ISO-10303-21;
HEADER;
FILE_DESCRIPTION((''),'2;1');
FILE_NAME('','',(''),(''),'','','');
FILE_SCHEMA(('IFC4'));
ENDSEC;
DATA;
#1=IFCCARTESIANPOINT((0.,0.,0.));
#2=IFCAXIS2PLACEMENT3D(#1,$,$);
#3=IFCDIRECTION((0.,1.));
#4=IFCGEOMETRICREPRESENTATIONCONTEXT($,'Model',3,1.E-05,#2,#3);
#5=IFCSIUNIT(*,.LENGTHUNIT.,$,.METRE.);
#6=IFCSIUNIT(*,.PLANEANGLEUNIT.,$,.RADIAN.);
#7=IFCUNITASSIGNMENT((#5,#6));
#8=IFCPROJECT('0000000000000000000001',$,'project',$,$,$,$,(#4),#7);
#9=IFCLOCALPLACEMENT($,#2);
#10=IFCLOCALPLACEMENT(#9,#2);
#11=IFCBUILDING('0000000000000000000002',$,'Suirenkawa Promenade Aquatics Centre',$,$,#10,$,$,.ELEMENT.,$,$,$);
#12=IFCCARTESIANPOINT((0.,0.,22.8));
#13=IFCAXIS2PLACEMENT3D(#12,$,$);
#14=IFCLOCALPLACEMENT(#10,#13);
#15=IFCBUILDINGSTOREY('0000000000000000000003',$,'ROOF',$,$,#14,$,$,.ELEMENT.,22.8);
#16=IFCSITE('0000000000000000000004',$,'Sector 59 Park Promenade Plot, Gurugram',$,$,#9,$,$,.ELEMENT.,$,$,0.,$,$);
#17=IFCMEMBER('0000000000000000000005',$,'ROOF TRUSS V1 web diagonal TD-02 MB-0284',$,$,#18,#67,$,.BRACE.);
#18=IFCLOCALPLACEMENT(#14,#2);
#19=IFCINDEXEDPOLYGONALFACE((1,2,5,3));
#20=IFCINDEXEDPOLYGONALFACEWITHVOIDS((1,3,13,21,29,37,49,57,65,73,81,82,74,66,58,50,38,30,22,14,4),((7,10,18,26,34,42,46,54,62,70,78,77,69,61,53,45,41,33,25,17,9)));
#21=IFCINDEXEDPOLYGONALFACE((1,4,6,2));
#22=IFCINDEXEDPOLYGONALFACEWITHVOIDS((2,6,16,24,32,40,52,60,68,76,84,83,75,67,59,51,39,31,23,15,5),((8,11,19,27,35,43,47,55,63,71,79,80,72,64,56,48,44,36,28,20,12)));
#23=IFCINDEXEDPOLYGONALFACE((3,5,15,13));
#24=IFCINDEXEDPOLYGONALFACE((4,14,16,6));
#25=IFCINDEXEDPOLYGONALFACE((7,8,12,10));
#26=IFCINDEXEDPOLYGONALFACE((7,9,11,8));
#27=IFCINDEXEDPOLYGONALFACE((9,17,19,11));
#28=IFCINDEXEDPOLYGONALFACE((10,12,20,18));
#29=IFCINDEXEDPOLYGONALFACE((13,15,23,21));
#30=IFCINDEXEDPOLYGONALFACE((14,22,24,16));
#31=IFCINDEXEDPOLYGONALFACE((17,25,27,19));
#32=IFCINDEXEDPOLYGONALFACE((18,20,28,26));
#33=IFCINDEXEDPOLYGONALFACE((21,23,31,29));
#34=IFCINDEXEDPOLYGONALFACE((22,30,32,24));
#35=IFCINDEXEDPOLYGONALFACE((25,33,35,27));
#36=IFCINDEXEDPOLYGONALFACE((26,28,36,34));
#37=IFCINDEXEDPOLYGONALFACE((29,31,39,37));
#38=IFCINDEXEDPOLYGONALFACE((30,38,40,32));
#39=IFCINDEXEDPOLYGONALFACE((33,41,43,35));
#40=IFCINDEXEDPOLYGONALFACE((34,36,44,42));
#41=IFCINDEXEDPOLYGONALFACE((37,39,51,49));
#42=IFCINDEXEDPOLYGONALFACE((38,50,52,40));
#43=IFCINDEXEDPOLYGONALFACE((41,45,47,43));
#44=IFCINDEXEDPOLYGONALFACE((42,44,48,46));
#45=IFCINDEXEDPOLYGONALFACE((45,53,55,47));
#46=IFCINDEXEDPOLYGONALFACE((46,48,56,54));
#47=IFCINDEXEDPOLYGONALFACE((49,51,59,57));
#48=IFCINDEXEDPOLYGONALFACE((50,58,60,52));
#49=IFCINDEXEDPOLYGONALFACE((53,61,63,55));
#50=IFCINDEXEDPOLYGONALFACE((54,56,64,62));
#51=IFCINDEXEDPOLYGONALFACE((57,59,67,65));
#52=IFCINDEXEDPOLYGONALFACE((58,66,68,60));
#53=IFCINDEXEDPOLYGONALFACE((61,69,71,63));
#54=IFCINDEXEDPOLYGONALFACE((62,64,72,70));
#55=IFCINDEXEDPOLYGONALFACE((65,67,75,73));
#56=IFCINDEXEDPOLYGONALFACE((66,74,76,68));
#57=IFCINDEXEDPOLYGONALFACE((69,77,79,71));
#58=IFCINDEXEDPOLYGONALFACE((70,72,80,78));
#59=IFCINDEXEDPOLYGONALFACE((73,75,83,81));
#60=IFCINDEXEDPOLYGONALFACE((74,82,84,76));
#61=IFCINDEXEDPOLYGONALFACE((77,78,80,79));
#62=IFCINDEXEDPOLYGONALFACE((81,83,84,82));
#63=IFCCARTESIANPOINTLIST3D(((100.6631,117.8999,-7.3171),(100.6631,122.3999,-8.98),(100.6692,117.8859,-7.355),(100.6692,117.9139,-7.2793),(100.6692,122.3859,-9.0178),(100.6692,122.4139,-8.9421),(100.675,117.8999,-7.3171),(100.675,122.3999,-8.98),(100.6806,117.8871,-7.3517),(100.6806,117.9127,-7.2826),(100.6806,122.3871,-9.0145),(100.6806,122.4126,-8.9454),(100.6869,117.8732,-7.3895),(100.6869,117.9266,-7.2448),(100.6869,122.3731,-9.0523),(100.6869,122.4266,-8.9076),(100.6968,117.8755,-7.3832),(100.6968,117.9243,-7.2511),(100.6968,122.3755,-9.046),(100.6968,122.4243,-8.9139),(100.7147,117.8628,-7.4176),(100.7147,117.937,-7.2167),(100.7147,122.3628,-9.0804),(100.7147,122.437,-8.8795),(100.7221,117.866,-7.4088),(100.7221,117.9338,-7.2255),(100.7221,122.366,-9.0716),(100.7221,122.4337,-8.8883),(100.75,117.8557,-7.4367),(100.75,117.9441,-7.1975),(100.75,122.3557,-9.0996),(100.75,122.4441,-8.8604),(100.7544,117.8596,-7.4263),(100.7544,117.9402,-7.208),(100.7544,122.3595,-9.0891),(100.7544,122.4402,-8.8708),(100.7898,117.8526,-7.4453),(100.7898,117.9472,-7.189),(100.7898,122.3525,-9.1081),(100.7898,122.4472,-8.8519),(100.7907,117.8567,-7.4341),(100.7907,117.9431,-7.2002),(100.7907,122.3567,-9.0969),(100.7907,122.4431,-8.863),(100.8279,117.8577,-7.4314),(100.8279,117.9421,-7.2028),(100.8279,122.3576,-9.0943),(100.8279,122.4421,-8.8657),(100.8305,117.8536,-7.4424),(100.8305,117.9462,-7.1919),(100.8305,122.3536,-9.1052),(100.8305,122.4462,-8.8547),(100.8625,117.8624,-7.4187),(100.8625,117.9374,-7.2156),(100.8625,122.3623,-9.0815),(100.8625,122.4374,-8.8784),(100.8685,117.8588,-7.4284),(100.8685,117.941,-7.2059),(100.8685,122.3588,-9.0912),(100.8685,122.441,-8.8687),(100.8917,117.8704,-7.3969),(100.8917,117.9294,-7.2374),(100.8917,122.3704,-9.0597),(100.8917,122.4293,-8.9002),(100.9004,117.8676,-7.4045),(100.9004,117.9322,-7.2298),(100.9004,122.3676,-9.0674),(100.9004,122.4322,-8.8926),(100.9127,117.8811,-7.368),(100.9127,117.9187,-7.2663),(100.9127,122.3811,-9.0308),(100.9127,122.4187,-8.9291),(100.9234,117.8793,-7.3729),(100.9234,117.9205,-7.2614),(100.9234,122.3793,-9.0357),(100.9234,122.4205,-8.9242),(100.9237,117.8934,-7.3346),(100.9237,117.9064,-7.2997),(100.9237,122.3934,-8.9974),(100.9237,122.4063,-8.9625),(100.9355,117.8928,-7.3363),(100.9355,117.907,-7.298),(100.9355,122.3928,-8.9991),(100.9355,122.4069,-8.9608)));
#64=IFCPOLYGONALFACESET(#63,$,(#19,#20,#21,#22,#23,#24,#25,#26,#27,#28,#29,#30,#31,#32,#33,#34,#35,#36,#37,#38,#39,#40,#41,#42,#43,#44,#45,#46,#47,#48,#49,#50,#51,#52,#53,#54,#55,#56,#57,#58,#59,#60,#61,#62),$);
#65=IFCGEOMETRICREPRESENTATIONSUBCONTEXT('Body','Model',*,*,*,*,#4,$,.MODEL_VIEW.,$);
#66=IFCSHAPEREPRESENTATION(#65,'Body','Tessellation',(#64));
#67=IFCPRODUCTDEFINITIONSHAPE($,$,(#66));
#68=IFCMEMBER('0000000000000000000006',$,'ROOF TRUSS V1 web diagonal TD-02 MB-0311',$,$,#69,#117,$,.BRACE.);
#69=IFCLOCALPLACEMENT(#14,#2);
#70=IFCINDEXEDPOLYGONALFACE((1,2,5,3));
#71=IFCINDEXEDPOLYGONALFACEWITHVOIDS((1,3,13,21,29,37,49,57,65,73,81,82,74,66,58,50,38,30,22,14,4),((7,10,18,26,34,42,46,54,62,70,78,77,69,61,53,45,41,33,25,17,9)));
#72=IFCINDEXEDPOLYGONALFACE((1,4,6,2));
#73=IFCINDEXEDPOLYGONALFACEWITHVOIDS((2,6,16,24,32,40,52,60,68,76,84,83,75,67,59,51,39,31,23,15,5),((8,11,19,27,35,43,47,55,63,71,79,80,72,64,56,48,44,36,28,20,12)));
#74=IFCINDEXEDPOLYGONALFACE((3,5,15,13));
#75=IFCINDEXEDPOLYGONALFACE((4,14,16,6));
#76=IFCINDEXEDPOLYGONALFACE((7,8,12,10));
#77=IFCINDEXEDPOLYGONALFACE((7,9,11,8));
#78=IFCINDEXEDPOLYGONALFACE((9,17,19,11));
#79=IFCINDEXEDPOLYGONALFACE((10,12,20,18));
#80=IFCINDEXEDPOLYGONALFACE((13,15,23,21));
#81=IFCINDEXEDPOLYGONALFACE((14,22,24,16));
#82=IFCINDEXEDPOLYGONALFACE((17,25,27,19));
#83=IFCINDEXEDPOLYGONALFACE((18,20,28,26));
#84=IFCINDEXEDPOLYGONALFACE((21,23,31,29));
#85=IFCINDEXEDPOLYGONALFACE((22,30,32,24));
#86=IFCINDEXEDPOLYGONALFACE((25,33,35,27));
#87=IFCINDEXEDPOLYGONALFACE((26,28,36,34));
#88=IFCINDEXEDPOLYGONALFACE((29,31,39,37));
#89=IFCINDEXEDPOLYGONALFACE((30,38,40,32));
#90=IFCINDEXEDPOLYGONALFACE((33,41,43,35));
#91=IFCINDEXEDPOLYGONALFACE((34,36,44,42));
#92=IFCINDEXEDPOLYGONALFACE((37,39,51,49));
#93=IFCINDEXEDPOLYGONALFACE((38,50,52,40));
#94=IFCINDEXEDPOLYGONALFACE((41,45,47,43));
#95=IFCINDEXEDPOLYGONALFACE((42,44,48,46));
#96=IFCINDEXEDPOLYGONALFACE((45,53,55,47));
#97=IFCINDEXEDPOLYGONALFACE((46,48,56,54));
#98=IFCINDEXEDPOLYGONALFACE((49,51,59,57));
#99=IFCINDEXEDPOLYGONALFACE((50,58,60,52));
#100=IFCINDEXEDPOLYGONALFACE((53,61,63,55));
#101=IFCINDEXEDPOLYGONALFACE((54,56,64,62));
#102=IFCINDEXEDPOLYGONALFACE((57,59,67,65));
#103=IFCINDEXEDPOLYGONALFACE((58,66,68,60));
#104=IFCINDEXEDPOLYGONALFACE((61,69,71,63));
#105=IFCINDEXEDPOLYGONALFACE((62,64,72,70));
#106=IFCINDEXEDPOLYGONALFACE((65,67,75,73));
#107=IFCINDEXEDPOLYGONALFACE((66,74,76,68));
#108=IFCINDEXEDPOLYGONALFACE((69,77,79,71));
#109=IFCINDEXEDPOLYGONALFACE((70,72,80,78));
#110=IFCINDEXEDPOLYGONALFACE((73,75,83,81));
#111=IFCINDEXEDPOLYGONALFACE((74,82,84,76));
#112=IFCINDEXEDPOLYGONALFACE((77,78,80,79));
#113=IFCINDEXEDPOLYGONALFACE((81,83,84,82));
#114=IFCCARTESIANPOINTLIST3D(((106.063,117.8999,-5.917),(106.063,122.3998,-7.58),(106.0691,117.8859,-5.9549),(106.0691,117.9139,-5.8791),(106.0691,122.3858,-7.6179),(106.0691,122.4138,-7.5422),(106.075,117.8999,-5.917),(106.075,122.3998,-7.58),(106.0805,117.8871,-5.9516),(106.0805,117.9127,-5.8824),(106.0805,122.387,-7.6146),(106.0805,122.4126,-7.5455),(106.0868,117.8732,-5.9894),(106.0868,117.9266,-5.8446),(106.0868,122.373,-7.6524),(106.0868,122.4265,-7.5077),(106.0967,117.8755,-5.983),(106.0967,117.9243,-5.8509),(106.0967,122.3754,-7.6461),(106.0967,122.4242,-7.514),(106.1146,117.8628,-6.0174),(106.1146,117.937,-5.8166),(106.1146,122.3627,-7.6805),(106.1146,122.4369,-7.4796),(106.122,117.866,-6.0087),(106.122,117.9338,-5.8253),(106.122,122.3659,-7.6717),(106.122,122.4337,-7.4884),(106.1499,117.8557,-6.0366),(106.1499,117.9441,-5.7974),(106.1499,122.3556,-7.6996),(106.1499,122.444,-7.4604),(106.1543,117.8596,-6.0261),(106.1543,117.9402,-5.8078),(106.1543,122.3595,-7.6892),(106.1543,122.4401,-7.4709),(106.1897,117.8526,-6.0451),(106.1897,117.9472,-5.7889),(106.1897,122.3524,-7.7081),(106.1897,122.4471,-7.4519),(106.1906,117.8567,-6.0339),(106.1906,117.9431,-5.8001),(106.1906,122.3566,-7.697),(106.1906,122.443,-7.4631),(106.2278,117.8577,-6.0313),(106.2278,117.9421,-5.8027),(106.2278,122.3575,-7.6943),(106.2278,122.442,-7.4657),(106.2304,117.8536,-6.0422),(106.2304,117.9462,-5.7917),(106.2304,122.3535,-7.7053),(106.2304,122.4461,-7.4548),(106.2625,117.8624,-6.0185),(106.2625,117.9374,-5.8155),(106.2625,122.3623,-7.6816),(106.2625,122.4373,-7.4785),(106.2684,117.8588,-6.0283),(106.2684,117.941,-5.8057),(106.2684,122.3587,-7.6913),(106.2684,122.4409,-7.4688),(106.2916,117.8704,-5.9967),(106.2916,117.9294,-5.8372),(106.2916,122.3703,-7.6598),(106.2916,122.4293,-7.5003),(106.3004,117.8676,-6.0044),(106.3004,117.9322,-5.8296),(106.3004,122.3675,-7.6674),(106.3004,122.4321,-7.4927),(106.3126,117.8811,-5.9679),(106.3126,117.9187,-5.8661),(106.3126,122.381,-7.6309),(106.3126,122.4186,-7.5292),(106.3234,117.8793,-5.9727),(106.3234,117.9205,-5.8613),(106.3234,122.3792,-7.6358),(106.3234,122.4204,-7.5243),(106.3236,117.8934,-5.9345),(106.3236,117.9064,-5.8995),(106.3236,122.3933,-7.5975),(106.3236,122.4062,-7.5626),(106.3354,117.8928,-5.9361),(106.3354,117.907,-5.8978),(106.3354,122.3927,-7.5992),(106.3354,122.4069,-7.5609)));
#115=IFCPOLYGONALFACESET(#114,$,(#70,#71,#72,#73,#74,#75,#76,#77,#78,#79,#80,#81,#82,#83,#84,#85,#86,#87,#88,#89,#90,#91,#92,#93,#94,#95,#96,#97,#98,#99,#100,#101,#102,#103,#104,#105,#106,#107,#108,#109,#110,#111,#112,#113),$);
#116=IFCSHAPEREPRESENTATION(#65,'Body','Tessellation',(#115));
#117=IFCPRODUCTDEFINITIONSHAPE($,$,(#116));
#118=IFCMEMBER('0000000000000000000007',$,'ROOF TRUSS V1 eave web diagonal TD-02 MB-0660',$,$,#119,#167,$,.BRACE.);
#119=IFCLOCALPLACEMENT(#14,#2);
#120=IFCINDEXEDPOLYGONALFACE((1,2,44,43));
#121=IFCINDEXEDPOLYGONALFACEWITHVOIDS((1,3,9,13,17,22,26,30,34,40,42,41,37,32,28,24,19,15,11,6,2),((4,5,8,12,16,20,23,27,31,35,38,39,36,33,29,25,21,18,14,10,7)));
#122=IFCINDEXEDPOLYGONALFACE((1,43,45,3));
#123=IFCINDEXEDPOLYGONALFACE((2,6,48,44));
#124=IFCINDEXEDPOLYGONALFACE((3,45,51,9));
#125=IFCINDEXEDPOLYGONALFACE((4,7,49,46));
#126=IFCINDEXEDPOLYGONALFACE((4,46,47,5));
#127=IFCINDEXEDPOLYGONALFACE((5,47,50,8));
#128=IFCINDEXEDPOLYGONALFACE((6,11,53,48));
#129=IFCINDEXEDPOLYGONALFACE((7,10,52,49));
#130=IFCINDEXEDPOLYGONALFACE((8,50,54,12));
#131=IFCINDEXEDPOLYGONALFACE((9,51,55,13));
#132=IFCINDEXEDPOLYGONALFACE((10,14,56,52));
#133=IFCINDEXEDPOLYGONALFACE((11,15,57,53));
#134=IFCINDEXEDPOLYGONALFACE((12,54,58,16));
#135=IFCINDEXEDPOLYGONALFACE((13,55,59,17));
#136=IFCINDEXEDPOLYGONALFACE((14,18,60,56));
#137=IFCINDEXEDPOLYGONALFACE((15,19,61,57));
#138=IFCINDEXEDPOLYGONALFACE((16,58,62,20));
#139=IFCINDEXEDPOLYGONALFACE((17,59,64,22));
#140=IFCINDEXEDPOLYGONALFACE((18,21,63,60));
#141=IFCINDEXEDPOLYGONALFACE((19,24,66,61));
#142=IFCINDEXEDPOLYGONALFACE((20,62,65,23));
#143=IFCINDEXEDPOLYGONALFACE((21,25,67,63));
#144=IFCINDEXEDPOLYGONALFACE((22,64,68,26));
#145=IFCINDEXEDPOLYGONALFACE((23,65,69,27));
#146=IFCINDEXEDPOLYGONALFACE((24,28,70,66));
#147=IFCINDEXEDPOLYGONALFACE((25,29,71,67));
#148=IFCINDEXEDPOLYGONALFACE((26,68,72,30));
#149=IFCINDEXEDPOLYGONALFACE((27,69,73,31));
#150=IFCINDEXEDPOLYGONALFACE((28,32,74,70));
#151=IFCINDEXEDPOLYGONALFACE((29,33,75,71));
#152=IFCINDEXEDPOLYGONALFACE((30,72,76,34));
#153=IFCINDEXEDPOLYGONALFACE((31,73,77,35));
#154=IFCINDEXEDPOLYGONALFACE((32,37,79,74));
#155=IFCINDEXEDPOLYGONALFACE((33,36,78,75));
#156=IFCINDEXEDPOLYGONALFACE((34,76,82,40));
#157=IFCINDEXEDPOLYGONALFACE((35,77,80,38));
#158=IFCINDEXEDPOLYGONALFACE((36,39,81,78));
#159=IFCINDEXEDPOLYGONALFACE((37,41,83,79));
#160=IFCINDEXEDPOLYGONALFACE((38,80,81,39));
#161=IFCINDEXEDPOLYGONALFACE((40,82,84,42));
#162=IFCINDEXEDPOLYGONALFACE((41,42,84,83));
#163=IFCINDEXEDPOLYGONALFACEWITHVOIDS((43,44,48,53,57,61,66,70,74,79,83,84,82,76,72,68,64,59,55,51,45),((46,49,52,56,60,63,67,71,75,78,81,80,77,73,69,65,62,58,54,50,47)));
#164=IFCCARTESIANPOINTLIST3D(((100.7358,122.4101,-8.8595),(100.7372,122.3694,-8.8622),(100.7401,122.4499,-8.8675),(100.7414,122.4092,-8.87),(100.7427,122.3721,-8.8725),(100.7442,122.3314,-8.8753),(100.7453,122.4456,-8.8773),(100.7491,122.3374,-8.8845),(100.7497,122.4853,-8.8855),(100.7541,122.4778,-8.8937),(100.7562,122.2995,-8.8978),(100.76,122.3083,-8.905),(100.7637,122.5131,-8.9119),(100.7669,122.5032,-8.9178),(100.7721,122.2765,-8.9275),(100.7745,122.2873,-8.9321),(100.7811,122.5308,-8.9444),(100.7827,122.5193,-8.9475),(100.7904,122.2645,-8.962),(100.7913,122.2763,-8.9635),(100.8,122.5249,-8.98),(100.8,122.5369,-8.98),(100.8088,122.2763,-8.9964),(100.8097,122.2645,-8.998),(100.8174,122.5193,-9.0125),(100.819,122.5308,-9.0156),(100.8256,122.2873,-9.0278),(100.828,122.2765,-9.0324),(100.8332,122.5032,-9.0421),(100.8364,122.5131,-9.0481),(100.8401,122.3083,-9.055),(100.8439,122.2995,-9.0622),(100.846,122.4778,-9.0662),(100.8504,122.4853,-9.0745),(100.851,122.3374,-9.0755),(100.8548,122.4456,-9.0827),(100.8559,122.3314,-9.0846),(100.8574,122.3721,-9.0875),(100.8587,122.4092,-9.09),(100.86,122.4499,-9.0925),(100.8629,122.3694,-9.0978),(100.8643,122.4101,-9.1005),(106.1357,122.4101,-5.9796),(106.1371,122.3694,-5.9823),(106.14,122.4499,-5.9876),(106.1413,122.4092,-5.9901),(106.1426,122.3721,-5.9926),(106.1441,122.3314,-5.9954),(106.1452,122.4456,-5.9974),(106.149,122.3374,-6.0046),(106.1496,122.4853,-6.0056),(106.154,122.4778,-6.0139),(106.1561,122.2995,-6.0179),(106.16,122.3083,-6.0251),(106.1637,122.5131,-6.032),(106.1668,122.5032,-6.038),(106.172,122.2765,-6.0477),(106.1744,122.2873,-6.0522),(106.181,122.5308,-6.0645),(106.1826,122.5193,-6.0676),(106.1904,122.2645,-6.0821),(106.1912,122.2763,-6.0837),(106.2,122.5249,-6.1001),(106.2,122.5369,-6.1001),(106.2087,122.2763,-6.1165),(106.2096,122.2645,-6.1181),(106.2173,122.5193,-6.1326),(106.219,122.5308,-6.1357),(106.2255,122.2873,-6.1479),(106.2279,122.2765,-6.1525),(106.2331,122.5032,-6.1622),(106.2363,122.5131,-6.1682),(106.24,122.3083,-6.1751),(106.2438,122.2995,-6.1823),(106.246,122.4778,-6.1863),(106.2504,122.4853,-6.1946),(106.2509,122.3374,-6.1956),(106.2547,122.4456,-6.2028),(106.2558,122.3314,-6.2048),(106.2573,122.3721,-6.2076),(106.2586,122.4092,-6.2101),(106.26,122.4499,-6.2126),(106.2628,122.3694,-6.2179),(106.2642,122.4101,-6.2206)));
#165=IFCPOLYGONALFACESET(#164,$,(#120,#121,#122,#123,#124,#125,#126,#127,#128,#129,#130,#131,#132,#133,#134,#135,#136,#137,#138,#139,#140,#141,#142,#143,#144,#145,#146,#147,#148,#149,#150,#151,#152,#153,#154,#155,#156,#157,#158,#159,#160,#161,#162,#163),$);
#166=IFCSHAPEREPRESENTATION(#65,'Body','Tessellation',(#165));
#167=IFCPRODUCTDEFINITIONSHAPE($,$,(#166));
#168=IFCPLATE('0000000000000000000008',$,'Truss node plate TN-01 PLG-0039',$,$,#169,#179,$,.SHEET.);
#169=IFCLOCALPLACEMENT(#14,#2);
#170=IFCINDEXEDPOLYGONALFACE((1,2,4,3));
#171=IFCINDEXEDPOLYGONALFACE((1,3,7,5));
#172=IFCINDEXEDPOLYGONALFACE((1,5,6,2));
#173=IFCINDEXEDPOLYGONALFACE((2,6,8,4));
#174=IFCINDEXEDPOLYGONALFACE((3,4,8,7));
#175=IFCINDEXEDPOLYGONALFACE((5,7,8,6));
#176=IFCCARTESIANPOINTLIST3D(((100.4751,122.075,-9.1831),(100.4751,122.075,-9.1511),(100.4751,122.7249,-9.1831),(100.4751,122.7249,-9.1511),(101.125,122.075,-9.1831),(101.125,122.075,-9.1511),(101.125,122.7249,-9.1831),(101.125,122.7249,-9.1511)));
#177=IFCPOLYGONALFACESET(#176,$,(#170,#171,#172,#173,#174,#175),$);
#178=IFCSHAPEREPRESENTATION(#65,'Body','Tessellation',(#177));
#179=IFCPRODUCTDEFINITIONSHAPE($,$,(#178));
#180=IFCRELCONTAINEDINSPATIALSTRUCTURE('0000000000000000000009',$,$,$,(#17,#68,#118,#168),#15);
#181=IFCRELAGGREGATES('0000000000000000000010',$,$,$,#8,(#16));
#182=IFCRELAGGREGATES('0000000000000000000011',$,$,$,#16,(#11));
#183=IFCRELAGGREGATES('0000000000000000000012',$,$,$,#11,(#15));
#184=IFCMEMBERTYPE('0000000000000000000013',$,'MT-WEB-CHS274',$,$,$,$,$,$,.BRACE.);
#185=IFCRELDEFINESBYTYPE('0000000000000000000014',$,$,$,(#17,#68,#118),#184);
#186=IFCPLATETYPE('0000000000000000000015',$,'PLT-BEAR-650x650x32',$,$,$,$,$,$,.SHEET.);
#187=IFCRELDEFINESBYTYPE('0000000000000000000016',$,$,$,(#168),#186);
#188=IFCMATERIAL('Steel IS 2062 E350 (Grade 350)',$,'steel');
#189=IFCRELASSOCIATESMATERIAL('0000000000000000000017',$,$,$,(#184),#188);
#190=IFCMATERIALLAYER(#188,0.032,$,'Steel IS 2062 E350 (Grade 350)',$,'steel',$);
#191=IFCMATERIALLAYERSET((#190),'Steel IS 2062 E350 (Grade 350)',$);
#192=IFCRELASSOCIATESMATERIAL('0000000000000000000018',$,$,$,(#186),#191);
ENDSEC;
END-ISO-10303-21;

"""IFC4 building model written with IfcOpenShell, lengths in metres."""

from ifc_helpers import new_model, si_unit, direction, frame, origin, origin_2d, place, context, subcontext, project, spatial, rectangle, hollow_circle, extrude, material, layer, layer_set, material_profile, profile_set, type_object, element, save


model = new_model("IFC4")

# Units and contexts
model_context = context("Model", 3, precision=1e-05, world=origin(), true_north=direction((0.0, 1.0)))
body_context = subcontext(model_context, "Body", "Model", "MODEL_VIEW")
ifc_project = project(units=[si_unit("LENGTHUNIT", "METRE"), si_unit("PLANEANGLEUNIT", "RADIAN")], contexts=[model_context])

# Site, building, storey
site_placement = place(None, origin())
site = spatial("IfcSite", under=ifc_project, at=site_placement, Name="Sector 59 Park Promenade Plot, Gurugram", CompositionType="ELEMENT", RefElevation=0.0)
building_placement = place(site_placement, origin())
building = spatial("IfcBuilding", under=site, at=building_placement, Name="Suirenkawa Promenade Aquatics Centre", CompositionType="ELEMENT")
storey_placement = place(building_placement, frame((0.0, 0.0, 22.8)))
storey = spatial("IfcBuildingStorey", under=building, at=storey_placement, Name="ROOF", CompositionType="ELEMENT", Elevation=22.8)

# Shared definitions
ifc_material = material(Name="Steel IS 2062 E350 (Grade 350)", Category="steel")

# Members
ifc_material_profile_1 = material_profile(ifc_material, hollow_circle(Radius=0.137, WallThickness=0.012, at=origin_2d()), Name="CHS 274x12", Category="steel")
ifc_profile_set_1 = profile_set([ifc_material_profile_1], Name="Steel IS 2062 E350 (Grade 350)")
member_type_1 = type_object("IfcMemberType", Name="MT-WEB-CHS274", PredefinedType="BRACE", material=ifc_profile_set_1)
for number, where, z_axis, x_axis, name in (
    (1, (100.8, 117.8999, -7.3171), (0.0, 0.938008, -0.346613), (-1.0, 0.0, 0.0), "ROOF TRUSS V1 web diagonal TD-02 MB-0284"),
    (2, (106.2, 117.8999, -5.917), (0.0, 0.937992, -0.346658), (-1.0, 0.0, 0.0), "ROOF TRUSS V1 web diagonal TD-02 MB-0311"),
):
    element("IfcMember", number, at=place(storey_placement, frame(where, z_axis=z_axis, x_axis=x_axis)), inside=storey, type_object=member_type_1, Name=name, PredefinedType="BRACE", context=body_context, shape_type="SweptSolid", body=[
        extrude(hollow_circle(Radius=0.137, WallThickness=0.012, at=origin_2d()), origin(), (0.0, 0.0, 1.0), 4.7974),
    ])
member_1_placement = place(storey_placement, frame((100.8, 122.3999, -8.98), z_axis=(0.882357, 0.0, 0.47058), x_axis=(0.0, 1.0, 0.0)))
element("IfcMember", 3, at=member_1_placement, inside=storey, type_object=member_type_1, Name="ROOF TRUSS V1 eave web diagonal TD-02 MB-0660", PredefinedType="BRACE", context=body_context, shape_type="SweptSolid", body=[
    extrude(hollow_circle(Radius=0.137, WallThickness=0.012, at=origin_2d()), origin(), (0.0, 0.0, 1.0), 6.1199),
])

# Plate
ifc_layer = layer(ifc_material, 0.032, Name="Steel IS 2062 E350 (Grade 350)", Category="steel")
ifc_layer_set = layer_set([ifc_layer], Name="Steel IS 2062 E350 (Grade 350)")
plate_type = type_object("IfcPlateType", Name="PLT-BEAR-650x650x32", PredefinedType="SHEET", material=ifc_layer_set)
plate_placement = place(storey_placement, frame((100.8, 122.3999, -9.1831), z_axis=(0.0, 0.0, 1.0), x_axis=(1.0, 0.0, 0.0)))
element("IfcPlate", 4, at=plate_placement, inside=storey, type_object=plate_type, Name="Truss node plate TN-01 PLG-0039", PredefinedType="SHEET", context=body_context, shape_type="SweptSolid", body=[
    extrude(rectangle(XDim=0.6499, YDim=0.6499, at=origin_2d()), origin(), (0.0, 0.0, 1.0), 0.032),
])

save(model, "model.ifc")
